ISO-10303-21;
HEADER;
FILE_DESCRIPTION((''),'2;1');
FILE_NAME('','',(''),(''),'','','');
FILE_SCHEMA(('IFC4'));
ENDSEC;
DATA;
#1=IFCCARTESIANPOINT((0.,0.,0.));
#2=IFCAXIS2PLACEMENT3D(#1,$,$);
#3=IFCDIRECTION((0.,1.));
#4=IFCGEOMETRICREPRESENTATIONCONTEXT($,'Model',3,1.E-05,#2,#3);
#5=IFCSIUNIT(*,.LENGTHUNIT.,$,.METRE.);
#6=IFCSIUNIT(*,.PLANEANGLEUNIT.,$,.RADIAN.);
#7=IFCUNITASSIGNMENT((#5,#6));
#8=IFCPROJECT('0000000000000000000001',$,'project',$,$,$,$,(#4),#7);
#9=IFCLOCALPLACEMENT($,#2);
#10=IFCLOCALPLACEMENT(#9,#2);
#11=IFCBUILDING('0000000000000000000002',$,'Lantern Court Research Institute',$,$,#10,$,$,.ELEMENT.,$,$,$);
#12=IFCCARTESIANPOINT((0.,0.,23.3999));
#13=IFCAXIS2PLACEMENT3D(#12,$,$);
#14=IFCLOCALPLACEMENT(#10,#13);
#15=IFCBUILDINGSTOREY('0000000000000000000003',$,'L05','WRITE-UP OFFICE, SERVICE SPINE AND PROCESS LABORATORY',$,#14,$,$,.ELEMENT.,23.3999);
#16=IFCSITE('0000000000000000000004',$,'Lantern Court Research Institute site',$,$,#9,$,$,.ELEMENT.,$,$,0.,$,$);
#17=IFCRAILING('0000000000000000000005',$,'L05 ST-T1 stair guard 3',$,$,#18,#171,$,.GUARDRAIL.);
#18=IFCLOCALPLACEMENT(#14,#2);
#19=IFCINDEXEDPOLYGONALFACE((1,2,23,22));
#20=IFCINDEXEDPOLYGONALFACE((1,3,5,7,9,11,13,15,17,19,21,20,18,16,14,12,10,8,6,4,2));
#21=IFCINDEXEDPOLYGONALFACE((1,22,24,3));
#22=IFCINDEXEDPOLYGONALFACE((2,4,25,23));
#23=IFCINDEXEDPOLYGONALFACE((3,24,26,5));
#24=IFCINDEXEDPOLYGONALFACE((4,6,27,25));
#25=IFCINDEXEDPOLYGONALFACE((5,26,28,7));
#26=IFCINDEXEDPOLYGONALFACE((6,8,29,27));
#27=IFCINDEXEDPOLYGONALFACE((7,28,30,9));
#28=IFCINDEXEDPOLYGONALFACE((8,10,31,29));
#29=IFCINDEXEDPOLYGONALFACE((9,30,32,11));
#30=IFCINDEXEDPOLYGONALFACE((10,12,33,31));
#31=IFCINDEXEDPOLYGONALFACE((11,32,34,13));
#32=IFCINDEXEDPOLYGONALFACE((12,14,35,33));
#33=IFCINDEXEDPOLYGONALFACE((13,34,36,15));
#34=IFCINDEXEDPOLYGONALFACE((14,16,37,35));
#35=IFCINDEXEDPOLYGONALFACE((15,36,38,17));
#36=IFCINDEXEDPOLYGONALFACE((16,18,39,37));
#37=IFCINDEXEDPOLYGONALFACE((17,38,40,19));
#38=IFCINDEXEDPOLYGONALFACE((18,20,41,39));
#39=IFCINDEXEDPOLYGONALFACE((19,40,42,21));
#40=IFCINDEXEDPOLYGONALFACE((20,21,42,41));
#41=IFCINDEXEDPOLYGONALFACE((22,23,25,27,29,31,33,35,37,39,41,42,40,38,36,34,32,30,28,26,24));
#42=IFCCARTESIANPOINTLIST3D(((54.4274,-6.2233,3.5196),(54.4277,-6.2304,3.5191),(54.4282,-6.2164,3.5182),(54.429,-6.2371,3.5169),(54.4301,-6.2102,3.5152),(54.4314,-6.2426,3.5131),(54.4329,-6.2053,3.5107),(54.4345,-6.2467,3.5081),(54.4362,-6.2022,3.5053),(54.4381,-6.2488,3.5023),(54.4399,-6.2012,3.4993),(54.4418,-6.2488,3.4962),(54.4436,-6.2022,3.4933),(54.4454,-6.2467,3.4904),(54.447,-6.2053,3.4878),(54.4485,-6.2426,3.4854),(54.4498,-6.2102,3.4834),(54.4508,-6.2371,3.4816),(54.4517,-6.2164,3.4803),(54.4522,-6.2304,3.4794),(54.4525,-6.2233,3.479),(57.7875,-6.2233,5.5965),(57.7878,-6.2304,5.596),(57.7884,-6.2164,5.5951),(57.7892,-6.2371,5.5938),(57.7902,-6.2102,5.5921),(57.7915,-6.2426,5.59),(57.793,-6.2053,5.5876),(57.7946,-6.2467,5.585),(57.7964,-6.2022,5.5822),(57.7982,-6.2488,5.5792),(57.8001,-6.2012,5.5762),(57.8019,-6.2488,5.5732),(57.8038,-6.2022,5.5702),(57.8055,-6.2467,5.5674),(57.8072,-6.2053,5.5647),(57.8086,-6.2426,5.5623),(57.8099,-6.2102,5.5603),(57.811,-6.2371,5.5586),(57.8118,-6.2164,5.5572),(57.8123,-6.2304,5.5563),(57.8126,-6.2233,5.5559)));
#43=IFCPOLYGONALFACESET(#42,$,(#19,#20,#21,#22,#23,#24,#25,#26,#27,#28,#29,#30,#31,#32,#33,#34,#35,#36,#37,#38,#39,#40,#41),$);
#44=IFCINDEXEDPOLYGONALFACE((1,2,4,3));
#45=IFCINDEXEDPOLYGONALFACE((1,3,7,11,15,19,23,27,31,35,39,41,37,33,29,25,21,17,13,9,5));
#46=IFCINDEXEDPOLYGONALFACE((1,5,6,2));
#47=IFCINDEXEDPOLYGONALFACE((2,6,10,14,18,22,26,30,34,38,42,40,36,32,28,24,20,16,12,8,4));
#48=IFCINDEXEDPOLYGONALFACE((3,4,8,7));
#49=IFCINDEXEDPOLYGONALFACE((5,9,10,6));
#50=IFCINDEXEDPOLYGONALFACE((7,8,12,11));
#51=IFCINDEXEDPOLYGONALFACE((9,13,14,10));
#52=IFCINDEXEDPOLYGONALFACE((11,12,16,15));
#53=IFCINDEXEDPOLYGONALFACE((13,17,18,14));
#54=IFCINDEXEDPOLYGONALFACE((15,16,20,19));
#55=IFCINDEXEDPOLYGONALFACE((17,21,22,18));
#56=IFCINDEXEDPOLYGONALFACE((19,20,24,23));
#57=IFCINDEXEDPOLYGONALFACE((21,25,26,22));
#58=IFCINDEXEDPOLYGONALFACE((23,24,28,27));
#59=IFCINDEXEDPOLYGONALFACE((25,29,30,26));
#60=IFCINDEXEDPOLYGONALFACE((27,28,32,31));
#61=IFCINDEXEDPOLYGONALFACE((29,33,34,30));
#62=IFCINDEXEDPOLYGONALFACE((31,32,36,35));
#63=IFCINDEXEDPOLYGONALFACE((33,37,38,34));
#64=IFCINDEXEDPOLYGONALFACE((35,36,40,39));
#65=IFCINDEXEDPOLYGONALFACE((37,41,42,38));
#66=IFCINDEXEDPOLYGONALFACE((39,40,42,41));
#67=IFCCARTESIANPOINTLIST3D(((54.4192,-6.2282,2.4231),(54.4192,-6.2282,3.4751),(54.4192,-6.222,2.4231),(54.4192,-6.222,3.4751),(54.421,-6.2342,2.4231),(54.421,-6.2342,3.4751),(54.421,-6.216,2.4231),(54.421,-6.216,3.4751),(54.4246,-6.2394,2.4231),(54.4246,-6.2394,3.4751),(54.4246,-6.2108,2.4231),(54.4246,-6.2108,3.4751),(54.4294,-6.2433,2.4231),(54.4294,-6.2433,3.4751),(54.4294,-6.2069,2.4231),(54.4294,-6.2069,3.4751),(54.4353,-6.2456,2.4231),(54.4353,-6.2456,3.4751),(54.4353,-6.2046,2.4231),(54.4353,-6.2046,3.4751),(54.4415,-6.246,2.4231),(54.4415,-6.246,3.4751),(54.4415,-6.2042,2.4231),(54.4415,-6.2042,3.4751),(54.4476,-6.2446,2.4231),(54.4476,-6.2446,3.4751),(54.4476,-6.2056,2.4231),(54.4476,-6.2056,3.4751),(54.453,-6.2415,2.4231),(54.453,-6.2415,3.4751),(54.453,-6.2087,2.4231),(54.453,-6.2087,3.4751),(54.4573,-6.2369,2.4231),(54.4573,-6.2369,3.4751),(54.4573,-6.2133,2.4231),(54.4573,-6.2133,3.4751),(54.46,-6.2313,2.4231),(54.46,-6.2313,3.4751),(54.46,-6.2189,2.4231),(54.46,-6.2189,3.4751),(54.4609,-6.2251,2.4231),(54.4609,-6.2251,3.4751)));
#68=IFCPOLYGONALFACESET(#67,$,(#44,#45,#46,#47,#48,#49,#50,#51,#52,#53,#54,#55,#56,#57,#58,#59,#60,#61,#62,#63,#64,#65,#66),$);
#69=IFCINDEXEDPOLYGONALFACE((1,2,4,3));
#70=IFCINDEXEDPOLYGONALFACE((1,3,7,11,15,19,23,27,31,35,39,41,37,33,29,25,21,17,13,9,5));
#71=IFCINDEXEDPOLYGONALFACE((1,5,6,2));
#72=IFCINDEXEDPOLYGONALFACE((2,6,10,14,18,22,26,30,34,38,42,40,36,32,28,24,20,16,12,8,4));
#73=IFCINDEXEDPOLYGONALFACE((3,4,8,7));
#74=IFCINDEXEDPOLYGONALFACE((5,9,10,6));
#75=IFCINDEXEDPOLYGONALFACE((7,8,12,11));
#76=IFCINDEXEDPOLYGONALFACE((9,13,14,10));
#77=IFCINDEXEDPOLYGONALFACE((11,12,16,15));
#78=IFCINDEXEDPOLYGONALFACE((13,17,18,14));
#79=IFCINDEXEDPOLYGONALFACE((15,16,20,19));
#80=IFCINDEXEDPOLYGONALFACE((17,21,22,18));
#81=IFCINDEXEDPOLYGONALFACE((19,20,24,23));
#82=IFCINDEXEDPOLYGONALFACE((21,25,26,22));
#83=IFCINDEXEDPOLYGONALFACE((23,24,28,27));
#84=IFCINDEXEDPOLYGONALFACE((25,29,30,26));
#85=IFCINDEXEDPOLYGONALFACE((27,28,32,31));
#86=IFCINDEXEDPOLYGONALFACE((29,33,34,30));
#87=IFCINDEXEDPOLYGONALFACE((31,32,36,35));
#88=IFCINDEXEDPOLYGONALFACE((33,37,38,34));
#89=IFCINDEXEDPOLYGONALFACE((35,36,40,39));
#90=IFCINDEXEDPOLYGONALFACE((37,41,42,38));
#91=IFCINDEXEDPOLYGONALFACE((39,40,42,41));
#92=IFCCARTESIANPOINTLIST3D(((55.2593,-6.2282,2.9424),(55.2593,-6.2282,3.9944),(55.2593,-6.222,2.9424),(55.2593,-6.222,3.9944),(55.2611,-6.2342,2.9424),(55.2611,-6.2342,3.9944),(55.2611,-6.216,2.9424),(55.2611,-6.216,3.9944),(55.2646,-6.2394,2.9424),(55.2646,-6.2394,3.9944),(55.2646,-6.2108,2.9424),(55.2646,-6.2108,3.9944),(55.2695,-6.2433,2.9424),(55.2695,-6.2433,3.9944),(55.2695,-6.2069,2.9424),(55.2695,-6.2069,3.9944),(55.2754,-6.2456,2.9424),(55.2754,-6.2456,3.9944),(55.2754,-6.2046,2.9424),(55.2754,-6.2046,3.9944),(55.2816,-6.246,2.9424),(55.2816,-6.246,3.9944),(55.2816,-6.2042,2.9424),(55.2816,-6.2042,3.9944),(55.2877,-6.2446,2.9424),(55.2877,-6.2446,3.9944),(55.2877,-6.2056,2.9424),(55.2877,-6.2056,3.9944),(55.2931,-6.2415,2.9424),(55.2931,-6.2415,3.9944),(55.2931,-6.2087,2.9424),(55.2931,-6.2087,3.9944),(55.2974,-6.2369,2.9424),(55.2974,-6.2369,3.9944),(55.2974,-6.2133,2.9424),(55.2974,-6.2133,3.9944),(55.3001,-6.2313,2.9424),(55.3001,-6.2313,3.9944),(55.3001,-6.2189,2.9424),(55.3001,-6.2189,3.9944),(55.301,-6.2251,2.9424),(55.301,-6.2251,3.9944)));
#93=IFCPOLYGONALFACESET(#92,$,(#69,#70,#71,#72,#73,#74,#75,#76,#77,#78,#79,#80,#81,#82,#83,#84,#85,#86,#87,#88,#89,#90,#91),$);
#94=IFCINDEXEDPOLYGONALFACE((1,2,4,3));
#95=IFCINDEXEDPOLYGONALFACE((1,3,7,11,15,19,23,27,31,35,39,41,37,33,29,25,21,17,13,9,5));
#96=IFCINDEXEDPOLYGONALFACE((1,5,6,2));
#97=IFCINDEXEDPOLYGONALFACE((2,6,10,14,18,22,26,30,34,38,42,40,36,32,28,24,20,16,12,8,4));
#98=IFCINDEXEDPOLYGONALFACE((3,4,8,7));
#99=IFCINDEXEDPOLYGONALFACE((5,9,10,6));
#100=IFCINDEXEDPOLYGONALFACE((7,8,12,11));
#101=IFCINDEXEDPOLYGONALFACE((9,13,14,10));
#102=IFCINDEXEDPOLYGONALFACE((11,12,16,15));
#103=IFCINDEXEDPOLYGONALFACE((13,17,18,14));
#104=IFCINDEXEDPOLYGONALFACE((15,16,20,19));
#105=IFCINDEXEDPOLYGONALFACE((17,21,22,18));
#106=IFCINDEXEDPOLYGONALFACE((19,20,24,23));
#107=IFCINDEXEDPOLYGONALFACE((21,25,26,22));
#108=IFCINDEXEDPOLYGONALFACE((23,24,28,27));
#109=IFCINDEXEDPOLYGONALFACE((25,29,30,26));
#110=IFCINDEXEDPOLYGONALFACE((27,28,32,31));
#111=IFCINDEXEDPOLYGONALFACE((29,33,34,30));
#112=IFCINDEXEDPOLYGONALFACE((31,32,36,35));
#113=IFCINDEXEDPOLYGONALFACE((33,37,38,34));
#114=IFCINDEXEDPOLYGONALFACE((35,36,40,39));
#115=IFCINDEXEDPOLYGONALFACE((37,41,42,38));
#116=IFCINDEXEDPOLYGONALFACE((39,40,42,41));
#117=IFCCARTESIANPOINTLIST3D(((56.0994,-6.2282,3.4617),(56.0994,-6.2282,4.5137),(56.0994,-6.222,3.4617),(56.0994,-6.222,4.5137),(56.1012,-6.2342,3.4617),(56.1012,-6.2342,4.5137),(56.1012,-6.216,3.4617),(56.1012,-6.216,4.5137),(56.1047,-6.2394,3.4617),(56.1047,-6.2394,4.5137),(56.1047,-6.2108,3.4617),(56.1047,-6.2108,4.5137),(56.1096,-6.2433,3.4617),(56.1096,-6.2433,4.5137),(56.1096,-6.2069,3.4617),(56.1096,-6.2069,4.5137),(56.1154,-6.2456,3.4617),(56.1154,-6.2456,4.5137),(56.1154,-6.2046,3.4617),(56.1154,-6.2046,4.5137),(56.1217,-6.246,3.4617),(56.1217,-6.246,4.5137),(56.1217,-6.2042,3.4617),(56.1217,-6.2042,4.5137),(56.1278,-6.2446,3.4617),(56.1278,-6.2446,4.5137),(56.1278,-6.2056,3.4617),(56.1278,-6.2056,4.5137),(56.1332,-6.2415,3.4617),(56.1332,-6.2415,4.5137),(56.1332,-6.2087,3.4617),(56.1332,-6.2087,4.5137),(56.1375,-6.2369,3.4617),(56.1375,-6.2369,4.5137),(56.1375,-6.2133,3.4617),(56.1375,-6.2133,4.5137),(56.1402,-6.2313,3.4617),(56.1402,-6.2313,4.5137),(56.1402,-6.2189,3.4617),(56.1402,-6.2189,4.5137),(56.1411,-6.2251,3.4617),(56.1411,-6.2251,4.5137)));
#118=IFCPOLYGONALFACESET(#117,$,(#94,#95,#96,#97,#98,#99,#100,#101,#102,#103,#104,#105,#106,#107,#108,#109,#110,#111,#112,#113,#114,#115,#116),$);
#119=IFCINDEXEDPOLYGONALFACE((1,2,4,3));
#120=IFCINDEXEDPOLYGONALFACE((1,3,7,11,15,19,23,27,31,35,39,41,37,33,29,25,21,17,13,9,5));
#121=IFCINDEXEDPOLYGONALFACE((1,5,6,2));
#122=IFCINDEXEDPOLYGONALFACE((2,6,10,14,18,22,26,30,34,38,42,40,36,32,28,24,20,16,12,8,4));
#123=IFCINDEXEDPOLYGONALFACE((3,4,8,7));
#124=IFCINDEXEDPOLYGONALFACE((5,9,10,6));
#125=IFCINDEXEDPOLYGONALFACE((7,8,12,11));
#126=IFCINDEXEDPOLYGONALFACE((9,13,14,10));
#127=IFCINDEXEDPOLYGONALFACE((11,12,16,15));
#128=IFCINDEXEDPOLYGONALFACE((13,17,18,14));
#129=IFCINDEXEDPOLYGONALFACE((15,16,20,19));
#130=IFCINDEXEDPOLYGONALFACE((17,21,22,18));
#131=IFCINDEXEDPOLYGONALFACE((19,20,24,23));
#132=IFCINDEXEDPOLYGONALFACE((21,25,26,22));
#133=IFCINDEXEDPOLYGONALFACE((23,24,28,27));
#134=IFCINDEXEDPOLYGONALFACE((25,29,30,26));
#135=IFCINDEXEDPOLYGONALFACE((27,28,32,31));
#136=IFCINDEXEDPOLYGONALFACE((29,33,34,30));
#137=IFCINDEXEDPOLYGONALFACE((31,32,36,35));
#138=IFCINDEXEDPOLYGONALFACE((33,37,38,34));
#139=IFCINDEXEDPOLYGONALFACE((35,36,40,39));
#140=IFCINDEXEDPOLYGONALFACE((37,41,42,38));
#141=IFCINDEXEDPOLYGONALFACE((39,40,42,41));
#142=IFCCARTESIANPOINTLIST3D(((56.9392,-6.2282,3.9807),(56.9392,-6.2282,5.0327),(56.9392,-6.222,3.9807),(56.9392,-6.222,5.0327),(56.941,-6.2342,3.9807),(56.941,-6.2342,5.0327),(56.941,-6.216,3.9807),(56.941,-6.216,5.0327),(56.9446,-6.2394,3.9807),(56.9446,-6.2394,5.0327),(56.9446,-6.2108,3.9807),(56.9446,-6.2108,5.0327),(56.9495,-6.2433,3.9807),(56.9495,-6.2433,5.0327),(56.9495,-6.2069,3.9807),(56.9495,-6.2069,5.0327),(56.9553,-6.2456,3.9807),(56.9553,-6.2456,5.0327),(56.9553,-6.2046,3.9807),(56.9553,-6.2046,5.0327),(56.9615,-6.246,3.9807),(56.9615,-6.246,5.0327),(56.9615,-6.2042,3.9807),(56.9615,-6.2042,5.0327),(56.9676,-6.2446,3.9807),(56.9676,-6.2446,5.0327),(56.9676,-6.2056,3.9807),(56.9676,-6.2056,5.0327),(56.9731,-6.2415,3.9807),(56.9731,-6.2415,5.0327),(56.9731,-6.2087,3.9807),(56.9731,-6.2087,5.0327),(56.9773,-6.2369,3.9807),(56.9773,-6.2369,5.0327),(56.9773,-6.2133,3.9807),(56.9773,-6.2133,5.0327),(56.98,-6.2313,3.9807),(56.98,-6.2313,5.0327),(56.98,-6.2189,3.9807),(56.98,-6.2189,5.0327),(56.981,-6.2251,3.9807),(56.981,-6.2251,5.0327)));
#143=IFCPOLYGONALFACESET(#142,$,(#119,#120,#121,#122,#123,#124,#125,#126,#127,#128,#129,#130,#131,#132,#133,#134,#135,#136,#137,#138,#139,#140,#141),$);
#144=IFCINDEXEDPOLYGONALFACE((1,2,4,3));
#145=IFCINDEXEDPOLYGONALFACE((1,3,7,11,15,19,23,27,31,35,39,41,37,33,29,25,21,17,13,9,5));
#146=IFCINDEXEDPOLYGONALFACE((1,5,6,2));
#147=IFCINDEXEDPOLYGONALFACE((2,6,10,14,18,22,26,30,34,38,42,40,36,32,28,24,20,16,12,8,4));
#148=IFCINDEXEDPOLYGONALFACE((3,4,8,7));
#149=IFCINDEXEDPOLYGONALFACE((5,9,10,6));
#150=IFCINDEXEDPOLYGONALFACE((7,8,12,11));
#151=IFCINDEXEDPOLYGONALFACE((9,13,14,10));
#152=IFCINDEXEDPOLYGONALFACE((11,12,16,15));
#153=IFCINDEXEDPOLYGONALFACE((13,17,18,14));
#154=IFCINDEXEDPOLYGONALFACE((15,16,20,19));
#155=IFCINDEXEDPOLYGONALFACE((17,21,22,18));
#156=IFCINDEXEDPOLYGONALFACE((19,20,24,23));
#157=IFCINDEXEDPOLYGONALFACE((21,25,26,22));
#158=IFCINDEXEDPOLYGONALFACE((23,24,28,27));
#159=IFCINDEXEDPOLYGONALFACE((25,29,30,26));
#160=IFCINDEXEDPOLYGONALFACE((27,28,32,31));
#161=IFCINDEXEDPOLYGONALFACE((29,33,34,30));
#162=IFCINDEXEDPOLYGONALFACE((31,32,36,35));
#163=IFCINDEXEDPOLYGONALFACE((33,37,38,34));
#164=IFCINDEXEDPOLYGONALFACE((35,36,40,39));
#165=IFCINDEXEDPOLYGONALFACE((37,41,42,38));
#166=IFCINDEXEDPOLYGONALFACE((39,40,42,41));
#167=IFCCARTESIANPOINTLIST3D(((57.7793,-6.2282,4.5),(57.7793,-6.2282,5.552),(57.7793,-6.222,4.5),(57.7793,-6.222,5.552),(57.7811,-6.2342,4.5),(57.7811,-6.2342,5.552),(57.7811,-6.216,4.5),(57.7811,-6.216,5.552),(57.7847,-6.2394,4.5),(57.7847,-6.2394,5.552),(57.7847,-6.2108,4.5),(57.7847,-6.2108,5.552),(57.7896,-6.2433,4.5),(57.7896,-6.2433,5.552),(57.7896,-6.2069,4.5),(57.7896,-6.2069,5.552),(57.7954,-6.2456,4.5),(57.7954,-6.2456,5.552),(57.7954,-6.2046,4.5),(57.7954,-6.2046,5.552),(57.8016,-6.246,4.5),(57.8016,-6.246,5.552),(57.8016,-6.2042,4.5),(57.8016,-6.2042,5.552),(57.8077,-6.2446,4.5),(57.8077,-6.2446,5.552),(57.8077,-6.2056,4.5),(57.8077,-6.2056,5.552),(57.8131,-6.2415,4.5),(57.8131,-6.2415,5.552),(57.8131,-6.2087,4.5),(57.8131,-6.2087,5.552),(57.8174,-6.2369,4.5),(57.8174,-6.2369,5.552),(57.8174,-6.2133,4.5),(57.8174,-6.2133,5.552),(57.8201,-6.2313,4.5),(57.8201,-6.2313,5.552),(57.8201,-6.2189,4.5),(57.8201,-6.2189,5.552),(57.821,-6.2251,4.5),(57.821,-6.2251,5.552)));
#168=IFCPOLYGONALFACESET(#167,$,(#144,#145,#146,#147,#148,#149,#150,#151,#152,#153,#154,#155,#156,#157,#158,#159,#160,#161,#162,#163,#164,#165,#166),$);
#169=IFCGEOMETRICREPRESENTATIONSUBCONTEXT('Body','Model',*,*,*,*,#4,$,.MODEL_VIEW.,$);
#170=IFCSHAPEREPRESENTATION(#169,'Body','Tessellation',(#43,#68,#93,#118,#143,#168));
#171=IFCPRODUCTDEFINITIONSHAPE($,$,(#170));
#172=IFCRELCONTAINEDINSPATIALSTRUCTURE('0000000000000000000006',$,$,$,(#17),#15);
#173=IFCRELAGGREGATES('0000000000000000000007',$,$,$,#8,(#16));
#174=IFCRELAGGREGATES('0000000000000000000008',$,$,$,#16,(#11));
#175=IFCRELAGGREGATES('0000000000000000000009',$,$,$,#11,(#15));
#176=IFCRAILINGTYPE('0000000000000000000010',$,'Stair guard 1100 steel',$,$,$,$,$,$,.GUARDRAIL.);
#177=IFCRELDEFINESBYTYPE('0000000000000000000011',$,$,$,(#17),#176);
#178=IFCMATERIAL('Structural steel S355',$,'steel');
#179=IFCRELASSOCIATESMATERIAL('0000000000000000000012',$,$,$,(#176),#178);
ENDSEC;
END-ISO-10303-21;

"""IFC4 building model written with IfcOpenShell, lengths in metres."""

from ifc_helpers import new_model, si_unit, direction, frame, origin, origin_2d, place, context, subcontext, project, spatial, circle, extrude, material, type_object, element, save


model = new_model("IFC4")

# Units and contexts
model_context = context("Model", 3, precision=1e-05, world=origin(), true_north=direction((0.0, 1.0)))
body_context = subcontext(model_context, "Body", "Model", "MODEL_VIEW")
ifc_project = project(units=[si_unit("LENGTHUNIT", "METRE"), si_unit("PLANEANGLEUNIT", "RADIAN")], contexts=[model_context])

# Site, building, storey
site_placement = place(None, origin())
site = spatial("IfcSite", under=ifc_project, at=site_placement, Name="Lantern Court Research Institute site", CompositionType="ELEMENT", RefElevation=0.0)
building_placement = place(site_placement, origin())
building = spatial("IfcBuilding", under=site, at=building_placement, Name="Lantern Court Research Institute", CompositionType="ELEMENT")
storey_placement = place(building_placement, frame((0.0, 0.0, 23.3999)))
storey = spatial("IfcBuildingStorey", under=building, at=storey_placement, Name="L05", Description="WRITE-UP OFFICE, SERVICE SPINE AND PROCESS LABORATORY", CompositionType="ELEMENT", Elevation=23.3999)

# Railing
ifc_material_1 = material(Name="Structural steel S355", Category="steel")
railing_type_1 = type_object("IfcRailingType", Name="Stair guard 1100 steel", PredefinedType="GUARDRAIL", material=ifc_material_1)
railing_1_placement = place(storey_placement, frame((54.4399, -6.2251, 2.4231)))
element("IfcRailing", 1, at=railing_1_placement, inside=storey, type_object=railing_type_1, Name="L05 ST-T1 stair guard 3", PredefinedType="GUARDRAIL", context=body_context, shape_type="SweptSolid", body=[
    extrude(circle(Radius=0.0239, at=origin_2d()), frame((0.0, 0.0, 1.0762), z_axis=(0.850623, 0.0, 0.525776), x_axis=(0.0, 1.0, 0.0)), (0.0, 0.0, 1.0), 3.9502),
    extrude(circle(Radius=0.021, at=origin_2d()), origin(), (0.0, 0.0, 1.0), 1.052),
    extrude(circle(Radius=0.021, at=origin_2d()), frame((0.8401, 0.0, 0.5193)), (0.0, 0.0, 1.0), 1.052),
    extrude(circle(Radius=0.021, at=origin_2d()), frame((1.6802, 0.0, 1.0386)), (0.0, 0.0, 1.0), 1.052),
    extrude(circle(Radius=0.021, at=origin_2d()), frame((2.52, 0.0, 1.5576)), (0.0, 0.0, 1.0), 1.052),
    extrude(circle(Radius=0.021, at=origin_2d()), frame((3.3601, 0.0, 2.0769)), (0.0, 0.0, 1.0), 1.052),
])

save(model, "model.ifc")
